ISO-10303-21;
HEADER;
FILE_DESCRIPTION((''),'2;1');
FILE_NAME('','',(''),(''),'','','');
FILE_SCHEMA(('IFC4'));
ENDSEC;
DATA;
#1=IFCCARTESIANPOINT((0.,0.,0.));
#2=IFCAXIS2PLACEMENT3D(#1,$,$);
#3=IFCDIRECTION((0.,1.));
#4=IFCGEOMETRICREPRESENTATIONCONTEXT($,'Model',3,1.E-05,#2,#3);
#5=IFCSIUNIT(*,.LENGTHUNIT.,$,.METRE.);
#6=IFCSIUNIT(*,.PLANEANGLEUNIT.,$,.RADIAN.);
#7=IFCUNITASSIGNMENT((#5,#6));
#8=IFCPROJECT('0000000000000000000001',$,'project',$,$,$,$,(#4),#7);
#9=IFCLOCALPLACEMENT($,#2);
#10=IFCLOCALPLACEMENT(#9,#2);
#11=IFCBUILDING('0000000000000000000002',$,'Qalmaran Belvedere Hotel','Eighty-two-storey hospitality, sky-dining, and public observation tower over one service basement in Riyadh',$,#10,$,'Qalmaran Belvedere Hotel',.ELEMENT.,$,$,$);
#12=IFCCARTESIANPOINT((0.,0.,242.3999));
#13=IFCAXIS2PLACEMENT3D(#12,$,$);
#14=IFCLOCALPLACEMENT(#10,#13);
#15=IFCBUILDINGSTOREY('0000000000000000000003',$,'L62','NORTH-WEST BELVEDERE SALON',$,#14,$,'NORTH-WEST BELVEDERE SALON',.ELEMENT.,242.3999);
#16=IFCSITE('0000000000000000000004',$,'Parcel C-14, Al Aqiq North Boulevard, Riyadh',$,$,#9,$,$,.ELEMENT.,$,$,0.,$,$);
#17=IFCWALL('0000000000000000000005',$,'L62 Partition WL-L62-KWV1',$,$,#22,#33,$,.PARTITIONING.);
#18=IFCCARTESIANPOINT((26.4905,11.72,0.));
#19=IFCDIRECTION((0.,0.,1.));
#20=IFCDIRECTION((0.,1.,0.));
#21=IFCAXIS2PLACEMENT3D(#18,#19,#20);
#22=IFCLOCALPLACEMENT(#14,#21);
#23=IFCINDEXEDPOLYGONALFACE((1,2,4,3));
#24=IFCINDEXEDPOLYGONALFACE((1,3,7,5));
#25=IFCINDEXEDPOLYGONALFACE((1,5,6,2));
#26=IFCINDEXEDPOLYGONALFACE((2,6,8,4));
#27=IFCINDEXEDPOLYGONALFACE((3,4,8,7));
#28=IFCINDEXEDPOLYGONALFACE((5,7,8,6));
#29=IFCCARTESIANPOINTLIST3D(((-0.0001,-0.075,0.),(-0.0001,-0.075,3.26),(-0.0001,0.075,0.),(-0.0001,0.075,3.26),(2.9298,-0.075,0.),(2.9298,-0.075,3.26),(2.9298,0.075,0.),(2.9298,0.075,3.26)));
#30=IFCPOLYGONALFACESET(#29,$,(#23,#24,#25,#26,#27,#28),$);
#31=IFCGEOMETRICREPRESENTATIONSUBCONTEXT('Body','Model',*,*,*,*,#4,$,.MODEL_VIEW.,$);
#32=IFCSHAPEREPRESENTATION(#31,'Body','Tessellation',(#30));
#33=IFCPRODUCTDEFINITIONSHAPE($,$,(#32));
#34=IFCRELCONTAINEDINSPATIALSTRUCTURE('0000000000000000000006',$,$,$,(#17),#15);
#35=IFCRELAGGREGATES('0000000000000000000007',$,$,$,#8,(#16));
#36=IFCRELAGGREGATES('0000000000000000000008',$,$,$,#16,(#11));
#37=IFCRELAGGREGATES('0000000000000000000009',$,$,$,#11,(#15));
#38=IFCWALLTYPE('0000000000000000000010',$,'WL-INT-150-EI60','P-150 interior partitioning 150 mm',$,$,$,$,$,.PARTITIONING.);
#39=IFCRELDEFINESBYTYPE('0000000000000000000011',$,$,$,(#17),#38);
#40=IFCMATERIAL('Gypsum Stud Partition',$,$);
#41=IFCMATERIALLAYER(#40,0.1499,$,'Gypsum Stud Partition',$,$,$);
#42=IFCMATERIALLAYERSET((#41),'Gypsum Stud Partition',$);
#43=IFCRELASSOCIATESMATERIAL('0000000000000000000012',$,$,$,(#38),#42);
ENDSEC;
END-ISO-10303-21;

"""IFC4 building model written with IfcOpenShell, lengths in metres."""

from ifc_helpers import new_model, si_unit, direction, frame, frame_2d, origin, place, context, subcontext, project, spatial, rectangle, extrude, material, layer, layer_set, type_object, element, save


model = new_model("IFC4")

# Units and contexts
model_context = context("Model", 3, precision=1e-05, world=origin(), true_north=direction((0.0, 1.0)))
body_context = subcontext(model_context, "Body", "Model", "MODEL_VIEW")
ifc_project = project(units=[si_unit("LENGTHUNIT", "METRE"), si_unit("PLANEANGLEUNIT", "RADIAN")], contexts=[model_context])

# Site, building, storey
site_placement = place(None, origin())
site = spatial("IfcSite", under=ifc_project, at=site_placement, Name="Parcel C-14, Al Aqiq North Boulevard, Riyadh", CompositionType="ELEMENT", RefElevation=0.0)
building_placement = place(site_placement, origin())
building = spatial("IfcBuilding", under=site, at=building_placement, Name="Qalmaran Belvedere Hotel", Description="Eighty-two-storey hospitality, sky-dining, and public observation tower over one service basement in Riyadh", LongName="Qalmaran Belvedere Hotel", CompositionType="ELEMENT")
storey_placement = place(building_placement, frame((0.0, 0.0, 242.3999)))
storey = spatial("IfcBuildingStorey", under=building, at=storey_placement, Name="L62", Description="NORTH-WEST BELVEDERE SALON", LongName="NORTH-WEST BELVEDERE SALON", CompositionType="ELEMENT", Elevation=242.3999)

# Wall
ifc_material_1 = material(Name="Gypsum Stud Partition")
ifc_layer_1 = layer(ifc_material_1, 0.1499, Name="Gypsum Stud Partition")
ifc_layer_set_1 = layer_set([ifc_layer_1], Name="Gypsum Stud Partition")
wall_type_1 = type_object("IfcWallType", Name="WL-INT-150-EI60", Description="P-150 interior partitioning 150 mm", PredefinedType="PARTITIONING", material=ifc_layer_set_1)
wall_1_placement = place(storey_placement, frame((26.4905, 11.72, 0.0), z_axis=(0.0, 0.0, 1.0), x_axis=(0.0, 1.0, 0.0)))
element("IfcWall", 1, at=wall_1_placement, inside=storey, type_object=wall_type_1, Name="L62 Partition WL-L62-KWV1", PredefinedType="PARTITIONING", context=body_context, shape_type="SweptSolid", body=[
    extrude(rectangle(XDim=2.9299, YDim=0.1499, at=frame_2d((1.4648, 0.0))), origin(), (0.0, 0.0, 1.0), 3.26),
])

save(model, "model.ifc")
